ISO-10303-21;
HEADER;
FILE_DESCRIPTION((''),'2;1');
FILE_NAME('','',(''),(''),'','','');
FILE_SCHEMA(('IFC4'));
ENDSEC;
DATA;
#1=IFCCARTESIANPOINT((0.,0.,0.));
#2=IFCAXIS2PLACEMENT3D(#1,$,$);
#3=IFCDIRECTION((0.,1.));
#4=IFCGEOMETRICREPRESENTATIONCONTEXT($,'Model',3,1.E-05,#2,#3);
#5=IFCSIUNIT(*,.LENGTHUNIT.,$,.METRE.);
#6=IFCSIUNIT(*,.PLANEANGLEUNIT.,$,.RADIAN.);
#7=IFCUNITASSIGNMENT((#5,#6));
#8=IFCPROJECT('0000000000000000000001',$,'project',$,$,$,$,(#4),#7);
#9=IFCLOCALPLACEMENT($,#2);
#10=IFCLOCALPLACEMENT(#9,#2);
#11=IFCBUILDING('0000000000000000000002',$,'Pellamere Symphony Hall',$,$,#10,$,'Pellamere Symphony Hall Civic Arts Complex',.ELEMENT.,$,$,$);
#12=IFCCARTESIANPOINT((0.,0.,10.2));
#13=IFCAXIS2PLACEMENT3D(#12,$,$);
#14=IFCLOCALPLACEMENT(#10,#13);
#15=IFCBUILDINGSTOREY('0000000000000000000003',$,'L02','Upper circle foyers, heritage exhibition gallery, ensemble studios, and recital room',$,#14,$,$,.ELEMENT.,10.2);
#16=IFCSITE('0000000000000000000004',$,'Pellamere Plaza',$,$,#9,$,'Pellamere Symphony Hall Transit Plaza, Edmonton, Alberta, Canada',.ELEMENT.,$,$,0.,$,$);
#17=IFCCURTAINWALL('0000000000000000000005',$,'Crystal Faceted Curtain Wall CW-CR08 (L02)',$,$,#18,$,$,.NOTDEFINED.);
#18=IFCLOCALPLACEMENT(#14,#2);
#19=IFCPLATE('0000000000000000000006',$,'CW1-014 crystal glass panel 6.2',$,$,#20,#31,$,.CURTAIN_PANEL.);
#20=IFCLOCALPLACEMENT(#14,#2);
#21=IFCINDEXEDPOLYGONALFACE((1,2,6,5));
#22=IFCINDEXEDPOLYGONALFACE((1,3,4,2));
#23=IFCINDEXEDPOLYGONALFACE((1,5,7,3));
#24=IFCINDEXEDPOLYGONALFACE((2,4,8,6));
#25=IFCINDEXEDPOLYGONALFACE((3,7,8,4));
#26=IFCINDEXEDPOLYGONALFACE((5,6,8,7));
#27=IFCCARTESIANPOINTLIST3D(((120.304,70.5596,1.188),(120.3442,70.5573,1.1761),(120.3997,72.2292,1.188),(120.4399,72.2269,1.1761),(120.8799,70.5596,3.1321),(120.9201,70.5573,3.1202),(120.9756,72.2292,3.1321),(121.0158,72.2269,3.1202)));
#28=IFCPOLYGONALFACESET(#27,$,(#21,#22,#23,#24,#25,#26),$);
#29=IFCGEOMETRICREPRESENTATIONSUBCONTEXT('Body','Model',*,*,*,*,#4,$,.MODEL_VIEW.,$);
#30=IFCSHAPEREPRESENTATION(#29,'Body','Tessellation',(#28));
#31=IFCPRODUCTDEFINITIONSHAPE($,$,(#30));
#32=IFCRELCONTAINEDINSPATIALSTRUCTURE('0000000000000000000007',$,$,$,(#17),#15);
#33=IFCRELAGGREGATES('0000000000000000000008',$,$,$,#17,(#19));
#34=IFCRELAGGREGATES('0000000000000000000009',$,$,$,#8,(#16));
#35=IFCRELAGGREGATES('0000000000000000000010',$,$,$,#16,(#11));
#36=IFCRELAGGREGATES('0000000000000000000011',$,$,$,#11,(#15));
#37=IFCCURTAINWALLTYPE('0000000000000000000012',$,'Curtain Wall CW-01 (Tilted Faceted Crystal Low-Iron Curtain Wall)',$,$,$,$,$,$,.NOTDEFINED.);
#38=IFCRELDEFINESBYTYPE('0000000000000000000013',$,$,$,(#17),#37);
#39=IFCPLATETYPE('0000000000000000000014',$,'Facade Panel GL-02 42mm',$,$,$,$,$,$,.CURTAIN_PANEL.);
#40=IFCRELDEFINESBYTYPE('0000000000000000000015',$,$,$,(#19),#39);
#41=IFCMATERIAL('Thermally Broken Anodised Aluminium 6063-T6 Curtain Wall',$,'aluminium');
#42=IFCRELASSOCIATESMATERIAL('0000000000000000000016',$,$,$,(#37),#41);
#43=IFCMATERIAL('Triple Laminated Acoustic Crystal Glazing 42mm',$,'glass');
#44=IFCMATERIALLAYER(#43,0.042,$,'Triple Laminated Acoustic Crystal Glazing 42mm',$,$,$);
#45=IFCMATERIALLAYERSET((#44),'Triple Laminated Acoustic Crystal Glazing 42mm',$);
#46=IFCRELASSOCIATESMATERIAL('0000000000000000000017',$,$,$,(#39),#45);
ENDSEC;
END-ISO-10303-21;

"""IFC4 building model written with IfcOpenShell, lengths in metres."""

from ifc_helpers import new_model, si_unit, direction, frame, origin, place, context, subcontext, project, spatial, polyline, outline, extrude, material, layer, layer_set, type_object, element, aggregate, save


model = new_model("IFC4")

# Units and contexts
model_context = context("Model", 3, precision=1e-05, world=origin(), true_north=direction((0.0, 1.0)))
body_context = subcontext(model_context, "Body", "Model", "MODEL_VIEW")
ifc_project = project(units=[si_unit("LENGTHUNIT", "METRE"), si_unit("PLANEANGLEUNIT", "RADIAN")], contexts=[model_context])

# Site, building, storey
site_placement = place(None, origin())
site = spatial("IfcSite", under=ifc_project, at=site_placement, Name="Pellamere Plaza", LongName="Pellamere Symphony Hall Transit Plaza, Edmonton, Alberta, Canada", CompositionType="ELEMENT", RefElevation=0.0)
building_placement = place(site_placement, origin())
building = spatial("IfcBuilding", under=site, at=building_placement, Name="Pellamere Symphony Hall", LongName="Pellamere Symphony Hall Civic Arts Complex", CompositionType="ELEMENT")
storey_placement = place(building_placement, frame((0.0, 0.0, 10.2)))
storey = spatial("IfcBuildingStorey", under=building, at=storey_placement, Name="L02", Description="Upper circle foyers, heritage exhibition gallery, ensemble studios, and recital room", CompositionType="ELEMENT", Elevation=10.2)

# Curtain wall
ifc_material_1 = material(Name="Thermally Broken Anodised Aluminium 6063-T6 Curtain Wall", Category="aluminium")
curtain_wall_type = type_object("IfcCurtainWallType", Name="Curtain Wall CW-01 (Tilted Faceted Crystal Low-Iron Curtain Wall)", PredefinedType="NOTDEFINED", material=ifc_material_1)
curtain_wall_placement = place(storey_placement, origin())
curtain_wall = element("IfcCurtainWall", 1, at=curtain_wall_placement, inside=storey, type_object=curtain_wall_type, Name="Crystal Faceted Curtain Wall CW-CR08 (L02)", PredefinedType="NOTDEFINED")

# Plate
ifc_material_2 = material(Name="Triple Laminated Acoustic Crystal Glazing 42mm", Category="glass")
ifc_layer = layer(ifc_material_2, 0.042, Name="Triple Laminated Acoustic Crystal Glazing 42mm")
ifc_layer_set = layer_set([ifc_layer], Name="Triple Laminated Acoustic Crystal Glazing 42mm")
plate_type = type_object("IfcPlateType", Name="Facade Panel GL-02 42mm", PredefinedType="CURTAIN_PANEL", material=ifc_layer_set)
plate_1_placement = place(storey_placement, frame((120.304, 70.5596, 1.188), z_axis=(-0.957367, 0.054875, 0.283615), x_axis=(0.057224, 0.998361, 0.0)))
plate_1 = element("IfcPlate", 2, at=plate_1_placement, type_object=plate_type, Name="CW1-014 crystal glass panel 6.2", PredefinedType="CURTAIN_PANEL", context=body_context, shape_type="SweptSolid", body=[
    extrude(outline(polyline([(0.0, 0.0), (1.6724, 0.0), (1.7054, -2.0273), (0.033, -2.0273), (0.0, 0.0)])), origin(), (0.0, 0.0, -1.0), 0.042),
])
aggregate(curtain_wall, [plate_1])

save(model, "model.ifc")
